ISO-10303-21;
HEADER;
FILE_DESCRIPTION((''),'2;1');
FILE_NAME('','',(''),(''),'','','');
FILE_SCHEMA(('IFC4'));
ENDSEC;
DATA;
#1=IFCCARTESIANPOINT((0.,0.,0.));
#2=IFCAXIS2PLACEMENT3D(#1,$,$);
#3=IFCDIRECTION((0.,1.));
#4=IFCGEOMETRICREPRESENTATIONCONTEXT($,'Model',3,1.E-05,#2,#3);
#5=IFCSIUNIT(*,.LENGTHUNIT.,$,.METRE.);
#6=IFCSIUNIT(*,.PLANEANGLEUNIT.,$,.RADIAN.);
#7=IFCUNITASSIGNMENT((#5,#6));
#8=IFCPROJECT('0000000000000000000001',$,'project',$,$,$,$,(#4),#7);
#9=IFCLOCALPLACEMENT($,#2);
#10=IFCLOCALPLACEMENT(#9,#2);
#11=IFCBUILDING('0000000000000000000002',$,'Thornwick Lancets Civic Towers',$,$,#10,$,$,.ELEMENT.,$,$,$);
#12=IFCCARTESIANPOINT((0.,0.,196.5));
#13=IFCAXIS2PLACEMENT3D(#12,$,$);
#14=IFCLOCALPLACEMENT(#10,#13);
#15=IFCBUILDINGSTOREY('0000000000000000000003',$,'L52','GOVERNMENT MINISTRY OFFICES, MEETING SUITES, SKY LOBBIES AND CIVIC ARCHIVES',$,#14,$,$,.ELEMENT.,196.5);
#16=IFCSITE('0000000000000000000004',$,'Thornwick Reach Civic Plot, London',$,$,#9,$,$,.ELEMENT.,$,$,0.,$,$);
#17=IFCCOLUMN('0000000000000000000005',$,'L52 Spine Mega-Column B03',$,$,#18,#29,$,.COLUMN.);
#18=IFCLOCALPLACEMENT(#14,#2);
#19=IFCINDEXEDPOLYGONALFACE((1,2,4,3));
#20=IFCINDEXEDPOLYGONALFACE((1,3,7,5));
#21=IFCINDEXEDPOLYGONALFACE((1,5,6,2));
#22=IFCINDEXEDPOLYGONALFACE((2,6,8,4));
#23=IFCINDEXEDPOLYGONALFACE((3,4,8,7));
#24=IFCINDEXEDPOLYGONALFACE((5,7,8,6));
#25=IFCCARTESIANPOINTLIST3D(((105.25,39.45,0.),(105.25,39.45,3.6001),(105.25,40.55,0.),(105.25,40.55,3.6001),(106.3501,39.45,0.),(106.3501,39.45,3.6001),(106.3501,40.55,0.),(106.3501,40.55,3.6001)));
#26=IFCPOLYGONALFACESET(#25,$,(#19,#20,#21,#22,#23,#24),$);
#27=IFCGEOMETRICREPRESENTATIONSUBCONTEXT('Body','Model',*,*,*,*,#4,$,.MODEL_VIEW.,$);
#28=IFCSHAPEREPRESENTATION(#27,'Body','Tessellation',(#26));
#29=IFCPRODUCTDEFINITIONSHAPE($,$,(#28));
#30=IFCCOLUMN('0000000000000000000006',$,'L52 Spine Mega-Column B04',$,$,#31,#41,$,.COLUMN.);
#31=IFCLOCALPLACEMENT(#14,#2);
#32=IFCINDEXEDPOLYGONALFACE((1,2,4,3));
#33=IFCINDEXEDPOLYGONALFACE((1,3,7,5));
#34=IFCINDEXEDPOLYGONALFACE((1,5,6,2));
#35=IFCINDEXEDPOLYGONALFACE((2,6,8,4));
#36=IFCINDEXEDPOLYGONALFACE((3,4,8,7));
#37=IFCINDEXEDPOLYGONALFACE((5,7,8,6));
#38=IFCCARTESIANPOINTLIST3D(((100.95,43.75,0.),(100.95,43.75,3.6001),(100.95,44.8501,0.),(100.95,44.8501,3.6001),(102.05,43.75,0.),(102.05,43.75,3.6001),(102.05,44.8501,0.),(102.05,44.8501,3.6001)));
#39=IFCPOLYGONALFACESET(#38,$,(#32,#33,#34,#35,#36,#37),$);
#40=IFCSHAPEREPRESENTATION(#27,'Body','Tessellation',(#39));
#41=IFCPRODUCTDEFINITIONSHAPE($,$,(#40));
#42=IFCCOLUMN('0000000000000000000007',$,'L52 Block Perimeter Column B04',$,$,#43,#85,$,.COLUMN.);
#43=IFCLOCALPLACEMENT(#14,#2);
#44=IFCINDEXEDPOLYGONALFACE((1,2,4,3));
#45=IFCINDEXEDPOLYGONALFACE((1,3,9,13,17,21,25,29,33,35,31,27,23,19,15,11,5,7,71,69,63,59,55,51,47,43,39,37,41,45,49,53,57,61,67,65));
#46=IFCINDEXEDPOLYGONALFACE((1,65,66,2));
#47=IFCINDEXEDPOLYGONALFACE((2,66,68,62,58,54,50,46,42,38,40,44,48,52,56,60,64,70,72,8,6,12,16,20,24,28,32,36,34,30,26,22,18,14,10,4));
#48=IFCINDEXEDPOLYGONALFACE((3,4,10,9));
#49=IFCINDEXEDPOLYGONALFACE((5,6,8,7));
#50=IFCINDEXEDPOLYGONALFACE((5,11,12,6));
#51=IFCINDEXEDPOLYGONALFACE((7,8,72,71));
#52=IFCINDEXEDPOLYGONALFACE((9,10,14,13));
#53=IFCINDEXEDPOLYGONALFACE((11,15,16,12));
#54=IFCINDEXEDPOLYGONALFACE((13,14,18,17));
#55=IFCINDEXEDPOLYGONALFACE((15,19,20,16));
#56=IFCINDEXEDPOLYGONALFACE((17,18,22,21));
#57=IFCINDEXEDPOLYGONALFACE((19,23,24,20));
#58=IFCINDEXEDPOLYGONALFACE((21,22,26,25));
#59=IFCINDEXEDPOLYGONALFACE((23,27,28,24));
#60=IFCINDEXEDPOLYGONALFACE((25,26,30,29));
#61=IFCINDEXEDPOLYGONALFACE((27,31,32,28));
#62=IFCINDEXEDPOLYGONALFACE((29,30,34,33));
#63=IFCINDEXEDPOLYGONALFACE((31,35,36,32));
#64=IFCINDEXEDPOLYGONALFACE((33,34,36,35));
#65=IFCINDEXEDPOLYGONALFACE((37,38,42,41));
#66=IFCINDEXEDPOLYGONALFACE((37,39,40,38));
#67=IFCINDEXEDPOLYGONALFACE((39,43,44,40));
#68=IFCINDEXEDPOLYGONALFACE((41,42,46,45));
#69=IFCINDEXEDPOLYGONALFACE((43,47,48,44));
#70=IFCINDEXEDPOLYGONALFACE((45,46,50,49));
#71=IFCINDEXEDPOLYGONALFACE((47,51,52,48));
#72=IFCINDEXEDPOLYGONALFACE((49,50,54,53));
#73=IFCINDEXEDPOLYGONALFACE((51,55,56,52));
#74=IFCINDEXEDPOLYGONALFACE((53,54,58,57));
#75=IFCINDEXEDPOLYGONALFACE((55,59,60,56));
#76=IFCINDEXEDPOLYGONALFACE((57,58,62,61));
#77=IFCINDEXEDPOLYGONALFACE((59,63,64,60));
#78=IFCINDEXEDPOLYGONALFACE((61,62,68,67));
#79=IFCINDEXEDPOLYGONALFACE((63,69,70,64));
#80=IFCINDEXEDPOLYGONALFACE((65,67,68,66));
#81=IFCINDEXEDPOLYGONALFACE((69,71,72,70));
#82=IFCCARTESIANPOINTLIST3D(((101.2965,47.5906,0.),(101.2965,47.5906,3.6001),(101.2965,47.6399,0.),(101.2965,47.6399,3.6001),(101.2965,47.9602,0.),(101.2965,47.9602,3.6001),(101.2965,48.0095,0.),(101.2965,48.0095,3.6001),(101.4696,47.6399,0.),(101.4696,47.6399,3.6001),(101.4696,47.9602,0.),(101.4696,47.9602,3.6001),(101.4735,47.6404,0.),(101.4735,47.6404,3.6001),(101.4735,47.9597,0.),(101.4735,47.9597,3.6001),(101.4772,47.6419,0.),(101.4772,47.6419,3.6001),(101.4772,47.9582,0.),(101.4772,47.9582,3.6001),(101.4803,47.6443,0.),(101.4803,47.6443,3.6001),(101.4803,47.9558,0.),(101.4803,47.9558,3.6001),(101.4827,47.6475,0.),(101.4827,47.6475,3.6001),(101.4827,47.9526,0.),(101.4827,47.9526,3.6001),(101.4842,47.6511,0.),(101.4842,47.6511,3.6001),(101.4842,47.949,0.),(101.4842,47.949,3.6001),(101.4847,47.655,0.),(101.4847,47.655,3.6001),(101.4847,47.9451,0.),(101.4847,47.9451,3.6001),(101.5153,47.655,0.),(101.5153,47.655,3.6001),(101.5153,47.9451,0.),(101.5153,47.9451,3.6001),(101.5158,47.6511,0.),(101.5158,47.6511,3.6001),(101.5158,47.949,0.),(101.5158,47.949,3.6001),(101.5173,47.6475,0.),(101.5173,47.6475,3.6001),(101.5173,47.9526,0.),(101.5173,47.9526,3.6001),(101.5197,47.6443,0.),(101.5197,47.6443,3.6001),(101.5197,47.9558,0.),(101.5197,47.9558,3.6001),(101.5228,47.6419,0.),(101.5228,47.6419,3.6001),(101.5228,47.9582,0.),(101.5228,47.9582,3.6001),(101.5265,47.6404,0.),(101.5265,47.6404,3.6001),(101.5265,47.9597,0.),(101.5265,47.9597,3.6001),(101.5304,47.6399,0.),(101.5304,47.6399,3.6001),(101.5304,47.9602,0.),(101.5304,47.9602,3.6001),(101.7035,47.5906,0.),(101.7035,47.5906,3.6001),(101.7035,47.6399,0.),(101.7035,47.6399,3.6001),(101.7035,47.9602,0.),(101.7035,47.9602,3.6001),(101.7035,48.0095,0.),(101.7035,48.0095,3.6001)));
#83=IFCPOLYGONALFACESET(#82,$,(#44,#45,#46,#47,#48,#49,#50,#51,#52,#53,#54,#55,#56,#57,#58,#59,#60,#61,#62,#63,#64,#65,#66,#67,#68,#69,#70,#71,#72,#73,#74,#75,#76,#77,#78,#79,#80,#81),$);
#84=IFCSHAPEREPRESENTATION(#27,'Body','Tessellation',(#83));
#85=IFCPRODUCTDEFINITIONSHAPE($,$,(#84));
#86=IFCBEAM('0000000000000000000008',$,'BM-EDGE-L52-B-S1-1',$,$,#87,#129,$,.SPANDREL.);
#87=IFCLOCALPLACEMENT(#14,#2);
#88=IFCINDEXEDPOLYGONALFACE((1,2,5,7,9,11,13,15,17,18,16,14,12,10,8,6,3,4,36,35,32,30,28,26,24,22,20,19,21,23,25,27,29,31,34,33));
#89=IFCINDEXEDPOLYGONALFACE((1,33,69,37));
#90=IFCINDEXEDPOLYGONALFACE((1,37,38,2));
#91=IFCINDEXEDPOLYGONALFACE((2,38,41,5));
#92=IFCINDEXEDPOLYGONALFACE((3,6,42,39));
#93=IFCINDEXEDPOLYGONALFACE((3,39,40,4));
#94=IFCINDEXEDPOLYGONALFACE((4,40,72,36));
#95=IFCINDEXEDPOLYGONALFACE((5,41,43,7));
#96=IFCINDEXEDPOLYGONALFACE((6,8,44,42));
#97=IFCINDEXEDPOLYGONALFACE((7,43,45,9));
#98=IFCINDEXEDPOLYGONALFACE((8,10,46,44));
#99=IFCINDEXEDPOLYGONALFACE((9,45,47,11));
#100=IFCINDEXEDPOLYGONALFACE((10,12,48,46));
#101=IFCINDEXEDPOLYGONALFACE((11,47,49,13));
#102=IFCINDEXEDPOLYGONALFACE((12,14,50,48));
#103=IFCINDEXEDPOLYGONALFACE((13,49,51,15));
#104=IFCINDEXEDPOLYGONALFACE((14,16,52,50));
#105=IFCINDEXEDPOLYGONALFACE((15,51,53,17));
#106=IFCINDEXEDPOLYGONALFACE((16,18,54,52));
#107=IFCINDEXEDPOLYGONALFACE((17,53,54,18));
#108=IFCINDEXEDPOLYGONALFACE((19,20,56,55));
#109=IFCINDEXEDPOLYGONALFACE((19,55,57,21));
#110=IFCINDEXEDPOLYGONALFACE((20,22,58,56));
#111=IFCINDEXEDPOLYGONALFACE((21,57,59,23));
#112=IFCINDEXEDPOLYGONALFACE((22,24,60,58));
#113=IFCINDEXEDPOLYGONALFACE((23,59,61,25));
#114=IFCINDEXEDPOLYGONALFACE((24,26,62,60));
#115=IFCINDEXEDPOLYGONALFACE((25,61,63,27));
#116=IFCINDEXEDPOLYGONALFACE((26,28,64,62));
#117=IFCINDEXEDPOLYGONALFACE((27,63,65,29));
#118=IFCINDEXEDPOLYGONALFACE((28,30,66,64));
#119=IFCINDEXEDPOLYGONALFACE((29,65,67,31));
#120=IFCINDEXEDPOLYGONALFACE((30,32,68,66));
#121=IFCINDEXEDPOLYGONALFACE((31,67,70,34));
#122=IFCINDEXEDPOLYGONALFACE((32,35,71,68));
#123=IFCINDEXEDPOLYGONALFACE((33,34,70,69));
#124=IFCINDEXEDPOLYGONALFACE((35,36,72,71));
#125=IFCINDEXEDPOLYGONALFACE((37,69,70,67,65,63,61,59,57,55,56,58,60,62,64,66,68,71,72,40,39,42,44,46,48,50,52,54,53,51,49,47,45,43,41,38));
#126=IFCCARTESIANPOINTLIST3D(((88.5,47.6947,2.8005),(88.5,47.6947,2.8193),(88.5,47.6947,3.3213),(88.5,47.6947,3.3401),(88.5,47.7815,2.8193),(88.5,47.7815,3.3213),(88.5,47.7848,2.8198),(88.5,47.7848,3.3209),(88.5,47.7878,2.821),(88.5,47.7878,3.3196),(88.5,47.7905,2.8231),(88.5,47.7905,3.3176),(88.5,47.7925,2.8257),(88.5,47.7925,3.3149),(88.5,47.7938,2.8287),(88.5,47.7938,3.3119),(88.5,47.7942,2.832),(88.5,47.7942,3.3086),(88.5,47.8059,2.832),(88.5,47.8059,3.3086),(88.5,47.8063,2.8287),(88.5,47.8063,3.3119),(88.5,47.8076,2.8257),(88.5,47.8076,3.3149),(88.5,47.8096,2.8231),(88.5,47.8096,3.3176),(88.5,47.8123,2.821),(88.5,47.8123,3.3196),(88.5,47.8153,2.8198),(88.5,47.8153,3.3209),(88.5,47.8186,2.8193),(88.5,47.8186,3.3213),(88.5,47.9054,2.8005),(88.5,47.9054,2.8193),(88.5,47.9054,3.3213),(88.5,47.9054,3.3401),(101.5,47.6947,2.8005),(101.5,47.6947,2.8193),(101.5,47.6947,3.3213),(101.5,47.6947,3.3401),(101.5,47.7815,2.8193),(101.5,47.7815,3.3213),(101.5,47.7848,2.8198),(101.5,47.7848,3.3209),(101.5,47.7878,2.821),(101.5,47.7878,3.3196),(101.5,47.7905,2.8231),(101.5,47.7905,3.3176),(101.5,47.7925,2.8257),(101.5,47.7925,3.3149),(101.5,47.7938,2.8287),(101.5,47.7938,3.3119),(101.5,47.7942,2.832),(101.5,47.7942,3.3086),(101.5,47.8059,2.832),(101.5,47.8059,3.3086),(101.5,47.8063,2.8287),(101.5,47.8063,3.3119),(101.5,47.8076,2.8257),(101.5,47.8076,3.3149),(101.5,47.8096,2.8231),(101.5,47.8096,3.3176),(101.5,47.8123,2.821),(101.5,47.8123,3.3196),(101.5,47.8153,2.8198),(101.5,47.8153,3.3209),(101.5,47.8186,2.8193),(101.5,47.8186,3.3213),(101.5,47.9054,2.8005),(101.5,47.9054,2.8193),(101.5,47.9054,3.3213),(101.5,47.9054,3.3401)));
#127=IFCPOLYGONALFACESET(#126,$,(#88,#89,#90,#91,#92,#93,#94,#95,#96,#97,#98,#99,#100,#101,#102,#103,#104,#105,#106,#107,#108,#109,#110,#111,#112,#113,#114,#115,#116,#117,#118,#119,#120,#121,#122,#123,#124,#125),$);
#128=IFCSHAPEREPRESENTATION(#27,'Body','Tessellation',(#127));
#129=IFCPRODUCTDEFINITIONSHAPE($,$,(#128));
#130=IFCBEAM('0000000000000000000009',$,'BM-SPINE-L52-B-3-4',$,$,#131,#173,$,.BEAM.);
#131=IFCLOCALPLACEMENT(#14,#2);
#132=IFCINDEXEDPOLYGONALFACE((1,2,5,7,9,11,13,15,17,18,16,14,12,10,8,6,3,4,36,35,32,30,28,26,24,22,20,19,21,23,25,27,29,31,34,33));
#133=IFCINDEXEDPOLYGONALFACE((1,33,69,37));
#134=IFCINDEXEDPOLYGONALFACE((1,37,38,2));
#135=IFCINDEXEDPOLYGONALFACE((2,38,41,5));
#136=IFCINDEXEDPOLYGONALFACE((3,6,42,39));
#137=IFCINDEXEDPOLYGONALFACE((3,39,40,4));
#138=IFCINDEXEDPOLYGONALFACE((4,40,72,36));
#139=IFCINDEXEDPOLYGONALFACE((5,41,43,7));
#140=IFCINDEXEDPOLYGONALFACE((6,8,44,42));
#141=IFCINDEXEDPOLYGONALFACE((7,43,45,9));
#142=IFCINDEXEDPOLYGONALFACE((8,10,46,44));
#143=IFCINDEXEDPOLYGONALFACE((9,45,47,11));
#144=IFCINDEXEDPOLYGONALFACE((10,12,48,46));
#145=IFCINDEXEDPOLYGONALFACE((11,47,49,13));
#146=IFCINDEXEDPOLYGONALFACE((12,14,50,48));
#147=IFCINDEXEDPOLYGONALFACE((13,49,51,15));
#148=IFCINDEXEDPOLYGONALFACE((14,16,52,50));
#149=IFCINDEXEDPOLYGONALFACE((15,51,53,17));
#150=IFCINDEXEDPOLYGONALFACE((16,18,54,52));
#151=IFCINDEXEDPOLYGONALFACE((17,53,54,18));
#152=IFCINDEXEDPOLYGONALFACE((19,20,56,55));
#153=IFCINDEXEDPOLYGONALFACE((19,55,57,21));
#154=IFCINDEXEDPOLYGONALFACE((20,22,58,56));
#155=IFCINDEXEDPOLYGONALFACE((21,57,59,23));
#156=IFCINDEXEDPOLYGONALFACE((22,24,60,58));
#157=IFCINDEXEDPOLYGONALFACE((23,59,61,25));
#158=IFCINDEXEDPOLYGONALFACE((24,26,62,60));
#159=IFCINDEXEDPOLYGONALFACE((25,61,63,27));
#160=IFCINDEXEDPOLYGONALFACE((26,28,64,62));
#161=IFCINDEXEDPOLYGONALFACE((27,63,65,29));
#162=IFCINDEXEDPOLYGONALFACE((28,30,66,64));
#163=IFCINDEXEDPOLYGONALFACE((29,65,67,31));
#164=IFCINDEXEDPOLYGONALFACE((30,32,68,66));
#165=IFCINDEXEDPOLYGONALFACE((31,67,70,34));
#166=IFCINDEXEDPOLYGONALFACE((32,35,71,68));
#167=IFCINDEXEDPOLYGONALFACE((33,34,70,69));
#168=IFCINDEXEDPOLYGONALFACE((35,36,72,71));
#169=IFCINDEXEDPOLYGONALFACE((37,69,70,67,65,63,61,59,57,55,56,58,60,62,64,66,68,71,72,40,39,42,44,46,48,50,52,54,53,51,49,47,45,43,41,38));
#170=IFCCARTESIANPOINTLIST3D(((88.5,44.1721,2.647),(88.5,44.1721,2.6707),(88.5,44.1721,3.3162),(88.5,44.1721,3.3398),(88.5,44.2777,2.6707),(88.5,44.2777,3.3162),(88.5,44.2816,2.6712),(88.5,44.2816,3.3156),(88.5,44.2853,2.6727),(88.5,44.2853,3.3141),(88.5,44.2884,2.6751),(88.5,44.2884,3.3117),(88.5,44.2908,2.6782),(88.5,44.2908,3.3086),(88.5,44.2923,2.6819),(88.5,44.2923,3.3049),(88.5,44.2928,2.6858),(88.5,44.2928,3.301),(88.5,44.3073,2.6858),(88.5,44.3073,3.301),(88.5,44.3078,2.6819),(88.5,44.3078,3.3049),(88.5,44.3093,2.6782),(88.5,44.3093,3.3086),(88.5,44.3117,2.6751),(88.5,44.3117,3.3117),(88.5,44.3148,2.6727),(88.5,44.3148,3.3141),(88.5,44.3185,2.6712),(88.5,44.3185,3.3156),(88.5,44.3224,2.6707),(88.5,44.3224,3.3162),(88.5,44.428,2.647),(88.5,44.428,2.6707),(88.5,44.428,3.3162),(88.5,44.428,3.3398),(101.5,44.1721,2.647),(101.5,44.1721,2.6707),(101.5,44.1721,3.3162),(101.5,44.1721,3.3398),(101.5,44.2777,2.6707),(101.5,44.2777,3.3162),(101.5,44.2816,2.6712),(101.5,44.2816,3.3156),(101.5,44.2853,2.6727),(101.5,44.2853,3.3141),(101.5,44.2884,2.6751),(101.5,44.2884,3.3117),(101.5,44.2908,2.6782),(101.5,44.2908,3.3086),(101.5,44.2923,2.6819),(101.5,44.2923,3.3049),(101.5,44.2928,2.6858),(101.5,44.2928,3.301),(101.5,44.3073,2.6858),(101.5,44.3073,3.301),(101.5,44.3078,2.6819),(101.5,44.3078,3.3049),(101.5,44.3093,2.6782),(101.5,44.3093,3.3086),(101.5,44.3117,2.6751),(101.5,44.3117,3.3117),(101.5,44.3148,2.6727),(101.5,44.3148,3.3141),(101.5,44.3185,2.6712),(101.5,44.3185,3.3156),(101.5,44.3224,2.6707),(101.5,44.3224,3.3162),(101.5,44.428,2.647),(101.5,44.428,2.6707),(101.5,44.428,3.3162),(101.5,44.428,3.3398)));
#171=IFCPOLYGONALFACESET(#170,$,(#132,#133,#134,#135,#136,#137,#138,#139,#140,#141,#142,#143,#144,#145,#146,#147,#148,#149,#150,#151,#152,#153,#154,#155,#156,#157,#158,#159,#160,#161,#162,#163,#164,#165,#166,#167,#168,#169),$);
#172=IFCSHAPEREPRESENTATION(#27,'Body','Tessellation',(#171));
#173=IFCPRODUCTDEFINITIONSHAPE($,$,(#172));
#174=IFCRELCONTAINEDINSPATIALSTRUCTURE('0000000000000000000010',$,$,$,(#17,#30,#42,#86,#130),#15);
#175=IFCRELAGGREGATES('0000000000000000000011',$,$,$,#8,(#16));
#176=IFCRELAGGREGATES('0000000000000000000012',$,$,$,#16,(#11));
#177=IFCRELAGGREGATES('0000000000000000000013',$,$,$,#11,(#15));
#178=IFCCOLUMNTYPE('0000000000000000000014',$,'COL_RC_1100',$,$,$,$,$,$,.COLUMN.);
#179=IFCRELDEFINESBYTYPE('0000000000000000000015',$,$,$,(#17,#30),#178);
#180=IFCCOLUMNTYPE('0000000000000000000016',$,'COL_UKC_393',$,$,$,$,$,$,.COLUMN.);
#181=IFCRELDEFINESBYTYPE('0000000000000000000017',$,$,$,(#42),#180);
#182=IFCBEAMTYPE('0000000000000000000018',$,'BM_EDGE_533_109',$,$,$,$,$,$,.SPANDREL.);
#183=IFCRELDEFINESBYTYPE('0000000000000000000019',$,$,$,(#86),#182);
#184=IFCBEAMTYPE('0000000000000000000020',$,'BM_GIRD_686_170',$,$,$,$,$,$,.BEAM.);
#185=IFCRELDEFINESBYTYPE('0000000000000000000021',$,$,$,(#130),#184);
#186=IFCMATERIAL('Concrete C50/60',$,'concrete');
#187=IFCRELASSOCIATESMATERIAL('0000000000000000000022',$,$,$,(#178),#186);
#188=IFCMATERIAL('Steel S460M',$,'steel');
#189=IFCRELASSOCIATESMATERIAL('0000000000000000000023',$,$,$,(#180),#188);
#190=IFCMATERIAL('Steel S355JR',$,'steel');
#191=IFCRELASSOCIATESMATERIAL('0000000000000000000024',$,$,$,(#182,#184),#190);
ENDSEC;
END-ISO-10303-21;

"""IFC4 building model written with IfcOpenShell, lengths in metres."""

from ifc_helpers import new_model, si_unit, direction, frame, origin, origin_2d, place, context, subcontext, project, spatial, rectangle, i_section, extrude, material, material_profile, profile_set, type_object, element, save


model = new_model("IFC4")

# Units and contexts
model_context = context("Model", 3, precision=1e-05, world=origin(), true_north=direction((0.0, 1.0)))
body_context = subcontext(model_context, "Body", "Model", "MODEL_VIEW")
ifc_project = project(units=[si_unit("LENGTHUNIT", "METRE"), si_unit("PLANEANGLEUNIT", "RADIAN")], contexts=[model_context])

# Site, building, storey
site_placement = place(None, origin())
site = spatial("IfcSite", under=ifc_project, at=site_placement, Name="Thornwick Reach Civic Plot, London", CompositionType="ELEMENT", RefElevation=0.0)
building_placement = place(site_placement, origin())
building = spatial("IfcBuilding", under=site, at=building_placement, Name="Thornwick Lancets Civic Towers", CompositionType="ELEMENT")
storey_placement = place(building_placement, frame((0.0, 0.0, 196.5)))
storey = spatial("IfcBuildingStorey", under=building, at=storey_placement, Name="L52", Description="GOVERNMENT MINISTRY OFFICES, MEETING SUITES, SKY LOBBIES AND CIVIC ARCHIVES", CompositionType="ELEMENT", Elevation=196.5)

# Columns
ifc_material_1 = material(Name="Concrete C50/60", Category="concrete")
ifc_material_profile_1 = material_profile(ifc_material_1, rectangle(XDim=1.1001, YDim=1.1001, at=origin_2d()), Name="RC 1100x1100")
ifc_profile_set_1 = profile_set([ifc_material_profile_1], Name="Concrete C50/60")
column_type_1 = type_object("IfcColumnType", Name="COL_RC_1100", PredefinedType="COLUMN", material=ifc_profile_set_1)
for number, where, z_axis, x_axis, name in (
    (1, (105.8, 40.0, 0.0), (0.0, 0.0, 1.0), (1.0, 0.0, 0.0), "L52 Spine Mega-Column B03"),
    (2, (101.5, 44.3, 0.0), (0.0, 0.0, 1.0), (1.0, 0.0, 0.0), "L52 Spine Mega-Column B04"),
):
    element("IfcColumn", number, at=place(storey_placement, frame(where, z_axis=z_axis, x_axis=x_axis)), inside=storey, type_object=column_type_1, Name=name, PredefinedType="COLUMN", context=body_context, shape_type="SweptSolid", body=[
        extrude(rectangle(XDim=1.1001, YDim=1.1001, at=origin_2d()), origin(), (0.0, 0.0, 1.0), 3.6001),
    ])
ifc_material_2 = material(Name="Steel S460M", Category="steel")
ifc_material_profile_2 = material_profile(ifc_material_2, i_section(OverallWidth=0.407, OverallDepth=0.4189, WebThickness=0.0305, FlangeThickness=0.0493, FilletRadius=0.0151, at=origin_2d()), Name="UKC 356x406x393")
ifc_profile_set_2 = profile_set([ifc_material_profile_2], Name="Steel S460M")
column_type_2 = type_object("IfcColumnType", Name="COL_UKC_393", PredefinedType="COLUMN", material=ifc_profile_set_2)
column_placement = place(storey_placement, frame((101.5, 47.8, 0.0), z_axis=(0.0, 0.0, 1.0), x_axis=(1.0, 0.0, 0.0)))
element("IfcColumn", 3, at=column_placement, inside=storey, type_object=column_type_2, Name="L52 Block Perimeter Column B04", PredefinedType="COLUMN", context=body_context, shape_type="SweptSolid", body=[
    extrude(i_section(OverallWidth=0.407, OverallDepth=0.4189, WebThickness=0.0305, FlangeThickness=0.0493, FilletRadius=0.0151, at=origin_2d()), origin(), (0.0, 0.0, 1.0), 3.6001),
])

# Beams
ifc_material_3 = material(Name="Steel S355JR", Category="steel")
ifc_material_profile_3 = material_profile(ifc_material_3, i_section(OverallWidth=0.2107, OverallDepth=0.5396, WebThickness=0.0117, FlangeThickness=0.0188, FilletRadius=0.0127, at=origin_2d()), Name="UKB 533x210x109")
ifc_profile_set_3 = profile_set([ifc_material_profile_3], Name="Steel S355JR")
beam_type_1 = type_object("IfcBeamType", Name="BM_EDGE_533_109", PredefinedType="SPANDREL", material=ifc_profile_set_3)
beam_1_placement = place(storey_placement, frame((101.5, 47.8, 3.0703), z_axis=(-1.0, 0.0, 0.0), x_axis=(0.0, -1.0, 0.0)))
element("IfcBeam", 4, at=beam_1_placement, inside=storey, type_object=beam_type_1, Name="BM-EDGE-L52-B-S1-1", PredefinedType="SPANDREL", context=body_context, shape_type="SweptSolid", body=[
    extrude(i_section(OverallWidth=0.2107, OverallDepth=0.5396, WebThickness=0.0117, FlangeThickness=0.0188, FilletRadius=0.0127, at=origin_2d()), origin(), (0.0, 0.0, 1.0), 13.0),
])
ifc_material_profile_4 = material_profile(ifc_material_3, i_section(OverallWidth=0.2559, OverallDepth=0.6929, WebThickness=0.0144, FlangeThickness=0.0237, FilletRadius=0.0151, at=origin_2d()), Name="UKB 686x254x170")
ifc_profile_set_4 = profile_set([ifc_material_profile_4], Name="Steel S355JR")
beam_type_2 = type_object("IfcBeamType", Name="BM_GIRD_686_170", PredefinedType="BEAM", material=ifc_profile_set_4)
beam_2_placement = place(storey_placement, frame((101.5, 44.3, 2.9934), z_axis=(-1.0, 0.0, 0.0), x_axis=(0.0, -1.0, 0.0)))
element("IfcBeam", 5, at=beam_2_placement, inside=storey, type_object=beam_type_2, Name="BM-SPINE-L52-B-3-4", PredefinedType="BEAM", context=body_context, shape_type="SweptSolid", body=[
    extrude(i_section(OverallWidth=0.2559, OverallDepth=0.6929, WebThickness=0.0144, FlangeThickness=0.0237, FilletRadius=0.0151, at=origin_2d()), origin(), (0.0, 0.0, 1.0), 13.0),
])

save(model, "model.ifc")
